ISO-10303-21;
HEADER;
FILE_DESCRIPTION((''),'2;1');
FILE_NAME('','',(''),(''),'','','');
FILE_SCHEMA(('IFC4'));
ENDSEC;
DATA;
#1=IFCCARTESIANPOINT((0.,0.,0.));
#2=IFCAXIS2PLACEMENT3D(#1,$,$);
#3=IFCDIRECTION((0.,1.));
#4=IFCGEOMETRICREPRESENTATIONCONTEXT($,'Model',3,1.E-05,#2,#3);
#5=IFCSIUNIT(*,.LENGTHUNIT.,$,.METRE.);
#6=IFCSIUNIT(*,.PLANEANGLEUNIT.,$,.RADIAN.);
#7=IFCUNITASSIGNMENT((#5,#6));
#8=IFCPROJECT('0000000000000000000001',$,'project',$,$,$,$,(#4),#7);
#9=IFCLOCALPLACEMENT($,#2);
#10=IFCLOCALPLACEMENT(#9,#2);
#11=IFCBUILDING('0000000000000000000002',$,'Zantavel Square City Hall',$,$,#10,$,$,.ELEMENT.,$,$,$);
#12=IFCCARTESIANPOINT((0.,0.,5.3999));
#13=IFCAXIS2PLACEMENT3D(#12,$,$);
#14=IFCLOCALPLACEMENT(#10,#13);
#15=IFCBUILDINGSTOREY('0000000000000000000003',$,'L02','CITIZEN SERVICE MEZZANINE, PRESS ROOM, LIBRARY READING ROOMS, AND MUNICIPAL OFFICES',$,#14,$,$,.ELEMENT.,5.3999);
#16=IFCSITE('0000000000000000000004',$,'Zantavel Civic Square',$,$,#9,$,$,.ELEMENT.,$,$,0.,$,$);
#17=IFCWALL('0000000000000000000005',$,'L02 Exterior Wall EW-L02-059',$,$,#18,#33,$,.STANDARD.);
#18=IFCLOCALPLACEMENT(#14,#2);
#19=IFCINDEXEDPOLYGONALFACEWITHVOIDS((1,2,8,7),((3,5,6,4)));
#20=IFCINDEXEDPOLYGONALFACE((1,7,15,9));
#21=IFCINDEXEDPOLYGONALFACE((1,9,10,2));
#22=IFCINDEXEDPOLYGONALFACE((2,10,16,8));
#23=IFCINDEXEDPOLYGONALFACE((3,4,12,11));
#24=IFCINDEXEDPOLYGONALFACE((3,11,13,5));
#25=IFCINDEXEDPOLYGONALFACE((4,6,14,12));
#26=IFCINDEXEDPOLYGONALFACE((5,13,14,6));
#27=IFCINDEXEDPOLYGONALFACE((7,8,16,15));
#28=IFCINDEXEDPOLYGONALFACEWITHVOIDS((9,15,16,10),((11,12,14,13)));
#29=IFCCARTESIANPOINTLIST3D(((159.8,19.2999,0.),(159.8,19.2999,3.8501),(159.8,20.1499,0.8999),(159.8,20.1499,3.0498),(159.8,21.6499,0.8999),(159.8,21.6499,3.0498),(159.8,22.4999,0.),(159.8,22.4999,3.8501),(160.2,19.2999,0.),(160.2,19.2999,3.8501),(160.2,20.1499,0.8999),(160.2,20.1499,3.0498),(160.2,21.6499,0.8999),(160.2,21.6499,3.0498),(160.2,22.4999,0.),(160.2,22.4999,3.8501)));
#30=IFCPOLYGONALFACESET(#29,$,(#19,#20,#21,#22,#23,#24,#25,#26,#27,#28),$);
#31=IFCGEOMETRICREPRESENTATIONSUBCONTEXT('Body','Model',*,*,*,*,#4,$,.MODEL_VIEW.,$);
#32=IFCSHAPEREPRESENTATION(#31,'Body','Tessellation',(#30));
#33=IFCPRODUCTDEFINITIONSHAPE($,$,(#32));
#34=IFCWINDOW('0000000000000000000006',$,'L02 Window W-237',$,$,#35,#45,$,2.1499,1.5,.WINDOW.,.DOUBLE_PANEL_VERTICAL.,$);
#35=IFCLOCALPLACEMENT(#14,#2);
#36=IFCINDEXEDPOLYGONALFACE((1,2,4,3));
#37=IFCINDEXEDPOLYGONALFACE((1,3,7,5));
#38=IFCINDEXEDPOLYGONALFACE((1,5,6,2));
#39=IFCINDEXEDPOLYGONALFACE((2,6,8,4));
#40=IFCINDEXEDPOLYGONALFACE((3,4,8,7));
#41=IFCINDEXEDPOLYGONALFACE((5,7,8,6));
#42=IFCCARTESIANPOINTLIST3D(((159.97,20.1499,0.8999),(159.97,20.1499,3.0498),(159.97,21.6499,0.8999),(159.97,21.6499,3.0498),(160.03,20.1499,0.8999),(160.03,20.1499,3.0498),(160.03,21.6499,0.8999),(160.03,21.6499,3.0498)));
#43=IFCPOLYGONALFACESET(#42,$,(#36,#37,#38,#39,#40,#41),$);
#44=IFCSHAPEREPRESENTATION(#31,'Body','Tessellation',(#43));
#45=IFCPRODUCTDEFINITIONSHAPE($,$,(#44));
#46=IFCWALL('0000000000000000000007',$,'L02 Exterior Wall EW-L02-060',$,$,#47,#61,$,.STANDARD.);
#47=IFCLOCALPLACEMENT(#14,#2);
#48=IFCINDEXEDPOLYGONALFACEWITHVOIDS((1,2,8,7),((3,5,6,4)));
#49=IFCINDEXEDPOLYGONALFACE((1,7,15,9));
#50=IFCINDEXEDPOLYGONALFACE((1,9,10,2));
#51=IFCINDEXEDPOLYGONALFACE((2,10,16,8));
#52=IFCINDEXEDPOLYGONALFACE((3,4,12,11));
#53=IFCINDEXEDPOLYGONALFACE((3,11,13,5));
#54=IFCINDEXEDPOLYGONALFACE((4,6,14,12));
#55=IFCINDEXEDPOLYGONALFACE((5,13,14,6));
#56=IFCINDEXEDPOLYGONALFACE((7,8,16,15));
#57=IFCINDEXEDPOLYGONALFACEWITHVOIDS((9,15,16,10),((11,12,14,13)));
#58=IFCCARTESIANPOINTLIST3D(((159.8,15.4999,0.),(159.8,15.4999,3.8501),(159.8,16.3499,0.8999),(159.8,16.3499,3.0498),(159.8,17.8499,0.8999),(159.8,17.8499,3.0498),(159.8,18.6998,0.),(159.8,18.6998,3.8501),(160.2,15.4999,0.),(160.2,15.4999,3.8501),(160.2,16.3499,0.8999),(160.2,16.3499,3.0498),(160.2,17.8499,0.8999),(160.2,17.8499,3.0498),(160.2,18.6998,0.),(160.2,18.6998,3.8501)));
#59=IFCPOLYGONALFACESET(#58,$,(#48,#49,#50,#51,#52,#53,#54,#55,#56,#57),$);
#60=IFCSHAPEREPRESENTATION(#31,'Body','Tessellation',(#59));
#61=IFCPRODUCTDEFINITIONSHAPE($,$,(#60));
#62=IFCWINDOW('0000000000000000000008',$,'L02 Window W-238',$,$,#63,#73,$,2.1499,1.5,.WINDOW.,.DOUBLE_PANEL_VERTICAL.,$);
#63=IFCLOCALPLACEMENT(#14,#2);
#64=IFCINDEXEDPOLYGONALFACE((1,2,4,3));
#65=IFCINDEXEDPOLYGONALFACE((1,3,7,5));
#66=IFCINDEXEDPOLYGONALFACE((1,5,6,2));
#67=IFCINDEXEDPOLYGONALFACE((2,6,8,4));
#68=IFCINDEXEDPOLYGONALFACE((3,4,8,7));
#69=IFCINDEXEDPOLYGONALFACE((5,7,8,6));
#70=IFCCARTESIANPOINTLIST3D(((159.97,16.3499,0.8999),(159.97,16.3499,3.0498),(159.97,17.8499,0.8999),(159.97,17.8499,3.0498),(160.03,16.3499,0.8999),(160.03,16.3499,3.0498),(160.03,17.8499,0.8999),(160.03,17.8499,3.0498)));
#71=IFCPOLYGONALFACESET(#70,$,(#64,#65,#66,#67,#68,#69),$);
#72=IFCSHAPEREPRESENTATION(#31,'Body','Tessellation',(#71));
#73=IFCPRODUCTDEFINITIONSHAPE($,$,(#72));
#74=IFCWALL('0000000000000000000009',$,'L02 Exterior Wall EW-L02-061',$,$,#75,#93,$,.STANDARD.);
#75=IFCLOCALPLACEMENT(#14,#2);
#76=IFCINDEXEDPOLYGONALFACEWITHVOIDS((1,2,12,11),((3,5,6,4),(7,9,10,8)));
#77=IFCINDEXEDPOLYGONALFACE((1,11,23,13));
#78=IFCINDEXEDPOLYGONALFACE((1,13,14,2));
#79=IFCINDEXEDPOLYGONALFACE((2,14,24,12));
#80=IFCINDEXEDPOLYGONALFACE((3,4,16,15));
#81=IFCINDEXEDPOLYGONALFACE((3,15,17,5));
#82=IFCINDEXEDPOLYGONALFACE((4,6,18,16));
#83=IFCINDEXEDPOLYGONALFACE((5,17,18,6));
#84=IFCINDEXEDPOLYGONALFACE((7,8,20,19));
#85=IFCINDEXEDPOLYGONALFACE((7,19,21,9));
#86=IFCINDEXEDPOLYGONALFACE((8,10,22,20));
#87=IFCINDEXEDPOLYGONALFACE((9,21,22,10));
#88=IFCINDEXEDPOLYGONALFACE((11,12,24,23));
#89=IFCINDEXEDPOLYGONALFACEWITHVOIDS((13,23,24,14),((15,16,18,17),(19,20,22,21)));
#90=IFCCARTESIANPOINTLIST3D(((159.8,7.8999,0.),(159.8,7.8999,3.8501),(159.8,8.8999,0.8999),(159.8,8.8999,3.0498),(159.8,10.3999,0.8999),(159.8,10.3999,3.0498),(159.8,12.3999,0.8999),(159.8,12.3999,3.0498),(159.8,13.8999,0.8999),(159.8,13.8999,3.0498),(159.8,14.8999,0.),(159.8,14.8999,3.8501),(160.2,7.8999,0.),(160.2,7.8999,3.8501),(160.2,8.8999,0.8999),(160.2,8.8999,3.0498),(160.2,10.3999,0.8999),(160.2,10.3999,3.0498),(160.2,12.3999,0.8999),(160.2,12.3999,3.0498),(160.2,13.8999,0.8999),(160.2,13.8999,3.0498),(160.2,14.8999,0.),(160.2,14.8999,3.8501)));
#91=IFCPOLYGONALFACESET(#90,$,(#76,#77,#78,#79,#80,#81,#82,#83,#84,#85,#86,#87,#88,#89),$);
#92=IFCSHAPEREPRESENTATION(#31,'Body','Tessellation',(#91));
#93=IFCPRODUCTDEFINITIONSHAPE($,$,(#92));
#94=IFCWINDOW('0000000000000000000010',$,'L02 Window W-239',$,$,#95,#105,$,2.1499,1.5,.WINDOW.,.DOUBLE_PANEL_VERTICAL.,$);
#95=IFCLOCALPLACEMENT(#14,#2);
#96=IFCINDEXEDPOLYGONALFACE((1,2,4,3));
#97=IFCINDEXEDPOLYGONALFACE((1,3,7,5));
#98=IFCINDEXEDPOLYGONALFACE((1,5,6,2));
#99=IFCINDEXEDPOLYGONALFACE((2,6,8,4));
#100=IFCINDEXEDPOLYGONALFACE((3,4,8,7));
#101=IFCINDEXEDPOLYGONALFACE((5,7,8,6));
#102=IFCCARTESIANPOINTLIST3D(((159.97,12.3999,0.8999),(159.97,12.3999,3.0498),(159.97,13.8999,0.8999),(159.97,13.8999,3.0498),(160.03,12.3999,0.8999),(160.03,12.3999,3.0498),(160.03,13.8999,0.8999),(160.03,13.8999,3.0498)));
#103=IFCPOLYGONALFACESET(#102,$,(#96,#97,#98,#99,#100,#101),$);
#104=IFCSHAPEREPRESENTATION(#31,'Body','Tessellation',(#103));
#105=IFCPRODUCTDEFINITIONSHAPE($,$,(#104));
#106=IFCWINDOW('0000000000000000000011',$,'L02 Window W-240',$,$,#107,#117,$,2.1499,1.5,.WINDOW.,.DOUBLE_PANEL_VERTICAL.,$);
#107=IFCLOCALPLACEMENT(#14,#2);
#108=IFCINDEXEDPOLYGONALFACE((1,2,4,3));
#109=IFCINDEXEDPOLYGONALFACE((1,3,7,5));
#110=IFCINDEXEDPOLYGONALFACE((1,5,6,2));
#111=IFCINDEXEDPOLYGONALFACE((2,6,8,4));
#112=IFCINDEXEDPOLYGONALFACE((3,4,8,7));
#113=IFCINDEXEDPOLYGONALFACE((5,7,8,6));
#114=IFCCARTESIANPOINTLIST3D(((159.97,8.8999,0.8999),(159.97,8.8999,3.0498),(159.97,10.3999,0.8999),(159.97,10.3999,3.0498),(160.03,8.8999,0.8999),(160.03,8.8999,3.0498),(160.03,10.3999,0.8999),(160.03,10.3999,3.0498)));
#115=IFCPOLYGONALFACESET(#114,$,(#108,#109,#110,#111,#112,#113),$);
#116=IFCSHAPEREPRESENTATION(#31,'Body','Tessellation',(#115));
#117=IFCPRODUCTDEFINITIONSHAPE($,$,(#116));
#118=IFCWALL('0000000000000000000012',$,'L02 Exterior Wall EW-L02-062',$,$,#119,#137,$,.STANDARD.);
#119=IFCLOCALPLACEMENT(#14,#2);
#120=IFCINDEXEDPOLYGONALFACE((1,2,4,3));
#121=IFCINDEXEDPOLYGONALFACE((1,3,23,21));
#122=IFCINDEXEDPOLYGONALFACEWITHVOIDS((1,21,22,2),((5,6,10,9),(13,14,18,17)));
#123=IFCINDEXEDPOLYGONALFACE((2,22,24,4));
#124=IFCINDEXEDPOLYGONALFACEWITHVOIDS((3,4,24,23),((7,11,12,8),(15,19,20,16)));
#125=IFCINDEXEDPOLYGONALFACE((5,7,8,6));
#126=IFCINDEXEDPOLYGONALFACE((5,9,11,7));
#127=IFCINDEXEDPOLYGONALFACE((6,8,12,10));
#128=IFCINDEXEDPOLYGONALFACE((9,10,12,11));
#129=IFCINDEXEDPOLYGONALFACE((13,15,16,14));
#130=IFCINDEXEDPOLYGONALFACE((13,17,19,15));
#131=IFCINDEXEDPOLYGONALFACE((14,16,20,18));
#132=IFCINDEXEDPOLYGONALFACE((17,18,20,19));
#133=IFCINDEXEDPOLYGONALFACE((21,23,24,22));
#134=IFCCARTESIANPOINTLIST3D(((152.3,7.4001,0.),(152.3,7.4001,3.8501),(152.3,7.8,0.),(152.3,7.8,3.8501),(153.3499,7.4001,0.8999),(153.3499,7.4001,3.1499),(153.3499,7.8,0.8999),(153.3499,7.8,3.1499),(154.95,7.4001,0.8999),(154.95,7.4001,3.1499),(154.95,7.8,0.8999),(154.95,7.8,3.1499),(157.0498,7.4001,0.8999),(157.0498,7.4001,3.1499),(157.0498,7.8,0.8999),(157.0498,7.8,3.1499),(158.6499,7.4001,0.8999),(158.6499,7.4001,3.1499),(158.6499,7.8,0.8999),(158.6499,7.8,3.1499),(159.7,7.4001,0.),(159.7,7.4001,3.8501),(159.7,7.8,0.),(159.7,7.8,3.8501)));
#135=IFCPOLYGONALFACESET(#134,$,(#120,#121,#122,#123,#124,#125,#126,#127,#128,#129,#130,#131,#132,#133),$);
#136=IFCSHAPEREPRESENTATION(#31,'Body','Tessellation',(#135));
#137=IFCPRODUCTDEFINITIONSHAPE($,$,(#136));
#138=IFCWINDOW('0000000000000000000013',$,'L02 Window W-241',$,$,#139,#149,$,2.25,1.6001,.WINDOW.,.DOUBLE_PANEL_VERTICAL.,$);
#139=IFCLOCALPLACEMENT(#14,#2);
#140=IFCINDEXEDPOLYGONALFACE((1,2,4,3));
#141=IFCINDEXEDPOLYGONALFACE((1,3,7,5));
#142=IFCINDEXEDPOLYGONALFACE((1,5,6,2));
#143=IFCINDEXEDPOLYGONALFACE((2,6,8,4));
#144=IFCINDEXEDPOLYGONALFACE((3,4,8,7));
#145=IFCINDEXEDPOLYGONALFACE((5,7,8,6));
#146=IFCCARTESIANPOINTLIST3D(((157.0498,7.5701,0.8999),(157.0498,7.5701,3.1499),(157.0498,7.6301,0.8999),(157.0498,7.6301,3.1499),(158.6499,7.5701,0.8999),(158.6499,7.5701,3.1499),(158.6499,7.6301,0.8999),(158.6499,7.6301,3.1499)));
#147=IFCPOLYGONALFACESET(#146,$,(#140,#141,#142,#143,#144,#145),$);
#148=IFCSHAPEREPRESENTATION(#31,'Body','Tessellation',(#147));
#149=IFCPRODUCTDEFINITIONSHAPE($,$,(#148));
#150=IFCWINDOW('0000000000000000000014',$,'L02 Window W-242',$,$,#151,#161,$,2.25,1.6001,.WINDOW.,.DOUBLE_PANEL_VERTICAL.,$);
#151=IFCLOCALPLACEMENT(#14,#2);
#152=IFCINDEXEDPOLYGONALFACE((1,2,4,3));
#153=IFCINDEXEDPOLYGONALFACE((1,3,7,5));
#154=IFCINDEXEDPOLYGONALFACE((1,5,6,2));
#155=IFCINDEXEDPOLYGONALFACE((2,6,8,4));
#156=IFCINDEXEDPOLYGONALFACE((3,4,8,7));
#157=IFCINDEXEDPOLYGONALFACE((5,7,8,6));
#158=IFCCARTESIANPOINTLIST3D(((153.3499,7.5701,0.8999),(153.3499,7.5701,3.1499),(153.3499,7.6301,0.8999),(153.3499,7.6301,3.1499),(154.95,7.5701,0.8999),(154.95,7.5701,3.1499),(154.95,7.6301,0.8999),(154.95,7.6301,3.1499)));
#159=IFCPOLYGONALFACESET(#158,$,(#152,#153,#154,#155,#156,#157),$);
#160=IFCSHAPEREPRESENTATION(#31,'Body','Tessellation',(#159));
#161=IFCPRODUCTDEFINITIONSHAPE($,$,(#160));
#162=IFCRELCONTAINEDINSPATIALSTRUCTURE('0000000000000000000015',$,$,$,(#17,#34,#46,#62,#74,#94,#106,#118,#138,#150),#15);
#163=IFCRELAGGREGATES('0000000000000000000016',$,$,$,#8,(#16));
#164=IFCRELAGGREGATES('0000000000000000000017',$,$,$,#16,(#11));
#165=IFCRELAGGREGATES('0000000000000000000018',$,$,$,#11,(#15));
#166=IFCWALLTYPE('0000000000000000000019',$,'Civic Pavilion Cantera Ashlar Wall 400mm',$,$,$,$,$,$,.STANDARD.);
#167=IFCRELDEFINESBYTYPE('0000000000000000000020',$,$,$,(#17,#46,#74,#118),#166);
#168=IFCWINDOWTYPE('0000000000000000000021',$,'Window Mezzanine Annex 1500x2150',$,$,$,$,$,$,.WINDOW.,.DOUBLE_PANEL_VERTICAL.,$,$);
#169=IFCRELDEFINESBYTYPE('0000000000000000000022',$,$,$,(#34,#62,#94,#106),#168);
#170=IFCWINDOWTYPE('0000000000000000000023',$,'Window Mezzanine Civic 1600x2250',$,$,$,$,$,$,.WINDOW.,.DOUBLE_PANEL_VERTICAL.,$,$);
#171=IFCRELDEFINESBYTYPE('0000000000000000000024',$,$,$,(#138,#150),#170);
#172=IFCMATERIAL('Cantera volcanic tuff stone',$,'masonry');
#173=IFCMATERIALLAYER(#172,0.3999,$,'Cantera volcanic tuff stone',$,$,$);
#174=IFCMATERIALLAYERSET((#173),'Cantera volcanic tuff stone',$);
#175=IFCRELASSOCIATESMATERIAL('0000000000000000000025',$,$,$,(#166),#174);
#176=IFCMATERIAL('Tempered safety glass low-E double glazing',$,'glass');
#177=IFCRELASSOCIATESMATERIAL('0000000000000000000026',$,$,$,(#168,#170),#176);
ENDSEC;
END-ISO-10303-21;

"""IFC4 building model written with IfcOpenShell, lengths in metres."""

from ifc_helpers import new_model, si_unit, direction, frame, frame_2d, origin, place, context, subcontext, project, spatial, rectangle, extrude, material, layer, layer_set, type_object, element, fill, save


model = new_model("IFC4")

# Units and contexts
model_context = context("Model", 3, precision=1e-05, world=origin(), true_north=direction((0.0, 1.0)))
body_context = subcontext(model_context, "Body", "Model", "MODEL_VIEW")
ifc_project = project(units=[si_unit("LENGTHUNIT", "METRE"), si_unit("PLANEANGLEUNIT", "RADIAN")], contexts=[model_context])

# Site, building, storey
site_placement = place(None, origin())
site = spatial("IfcSite", under=ifc_project, at=site_placement, Name="Zantavel Civic Square", CompositionType="ELEMENT", RefElevation=0.0)
building_placement = place(site_placement, origin())
building = spatial("IfcBuilding", under=site, at=building_placement, Name="Zantavel Square City Hall", CompositionType="ELEMENT")
storey_placement = place(building_placement, frame((0.0, 0.0, 5.3999)))
storey = spatial("IfcBuildingStorey", under=building, at=storey_placement, Name="L02", Description="CITIZEN SERVICE MEZZANINE, PRESS ROOM, LIBRARY READING ROOMS, AND MUNICIPAL OFFICES", CompositionType="ELEMENT", Elevation=5.3999)

# Walls, openings, windows
ifc_material_1 = material(Name="Cantera volcanic tuff stone", Category="masonry")
ifc_layer_1 = layer(ifc_material_1, 0.3999, Name="Cantera volcanic tuff stone")
ifc_layer_set_1 = layer_set([ifc_layer_1], Name="Cantera volcanic tuff stone")
wall_type_1 = type_object("IfcWallType", Name="Civic Pavilion Cantera Ashlar Wall 400mm", PredefinedType="STANDARD", material=ifc_layer_set_1)
wall_1_placement = place(storey_placement, frame((160.0, 22.5, 0.0), z_axis=(0.0, 0.0, 1.0), x_axis=(0.0, -1.0, 0.0)))
wall_1 = element("IfcWall", 1, at=wall_1_placement, inside=storey, type_object=wall_type_1, Name="L02 Exterior Wall EW-L02-059", PredefinedType="STANDARD", context=body_context, shape_type="SweptSolid", body=[
    extrude(rectangle(XDim=3.2, YDim=0.3999, at=frame_2d((1.6001, 0.0))), origin(), (0.0, 0.0, 1.0), 3.8501),
])
opening_1_placement = place(wall_1_placement, frame((0.8501, 0.0, 0.8999)))
opening_1 = element("IfcOpeningElement", 2, at=opening_1_placement, cuts=wall_1, PredefinedType="OPENING", context=body_context, shape_type="SweptSolid", body=[
    extrude(rectangle(XDim=1.5, YDim=2.1499, at=frame_2d((0.75, 1.075))), frame((0.0, 0.21, 0.0), z_axis=(0.0, -1.0, 0.0), x_axis=(1.0, 0.0, 0.0)), (0.0, 0.0, 1.0), 0.4199),
])
ifc_material_2 = material(Name="Tempered safety glass low-E double glazing", Category="glass")
window_type_1 = type_object("IfcWindowType", Name="Window Mezzanine Annex 1500x2150", PartitioningType="DOUBLE_PANEL_VERTICAL", PredefinedType="WINDOW", material=ifc_material_2)
window_1_placement = place(opening_1_placement, origin())
window_1 = element("IfcWindow", 3, at=window_1_placement, inside=storey, type_object=window_type_1, Name="L02 Window W-237", OverallHeight=2.1499, OverallWidth=1.5, PartitioningType="DOUBLE_PANEL_VERTICAL", PredefinedType="WINDOW", context=body_context, shape_type="SweptSolid", body=[
    extrude(rectangle(XDim=1.5, YDim=2.1499, at=frame_2d((0.75, 1.075))), frame((0.0, 0.03, 0.0), z_axis=(0.0, -1.0, 0.0), x_axis=(1.0, 0.0, 0.0)), (0.0, 0.0, 1.0), 0.0601),
])
fill(opening_1, window_1)
wall_2_placement = place(storey_placement, frame((160.0, 18.7, 0.0), z_axis=(0.0, 0.0, 1.0), x_axis=(0.0, -1.0, 0.0)))
wall_2 = element("IfcWall", 4, at=wall_2_placement, inside=storey, type_object=wall_type_1, Name="L02 Exterior Wall EW-L02-060", PredefinedType="STANDARD", context=body_context, shape_type="SweptSolid", body=[
    extrude(rectangle(XDim=3.2, YDim=0.3999, at=frame_2d((1.6001, 0.0))), origin(), (0.0, 0.0, 1.0), 3.8501),
])
opening_2_placement = place(wall_2_placement, frame((0.8501, 0.0, 0.8999)))
opening_2 = element("IfcOpeningElement", 5, at=opening_2_placement, cuts=wall_2, PredefinedType="OPENING", context=body_context, shape_type="SweptSolid", body=[
    extrude(rectangle(XDim=1.5, YDim=2.1499, at=frame_2d((0.75, 1.075))), frame((0.0, 0.21, 0.0), z_axis=(0.0, -1.0, 0.0), x_axis=(1.0, 0.0, 0.0)), (0.0, 0.0, 1.0), 0.4199),
])
window_2_placement = place(opening_2_placement, origin())
window_2 = element("IfcWindow", 6, at=window_2_placement, inside=storey, type_object=window_type_1, Name="L02 Window W-238", OverallHeight=2.1499, OverallWidth=1.5, PartitioningType="DOUBLE_PANEL_VERTICAL", PredefinedType="WINDOW", context=body_context, shape_type="SweptSolid", body=[
    extrude(rectangle(XDim=1.5, YDim=2.1499, at=frame_2d((0.75, 1.075))), frame((0.0, 0.03, 0.0), z_axis=(0.0, -1.0, 0.0), x_axis=(1.0, 0.0, 0.0)), (0.0, 0.0, 1.0), 0.0601),
])
fill(opening_2, window_2)

# Walls, openings, windows
wall_3_placement = place(storey_placement, frame((160.0, 14.8999, 0.0), z_axis=(0.0, 0.0, 1.0), x_axis=(0.0, -1.0, 0.0)))
wall_3 = element("IfcWall", 7, at=wall_3_placement, inside=storey, type_object=wall_type_1, Name="L02 Exterior Wall EW-L02-061", PredefinedType="STANDARD", context=body_context, shape_type="SweptSolid", body=[
    extrude(rectangle(XDim=7.0, YDim=0.3999, at=frame_2d((3.5, 0.0))), origin(), (0.0, 0.0, 1.0), 3.8501),
])
opening_3_placement = place(wall_3_placement, frame((1.0, 0.0, 0.8999)))
opening_3 = element("IfcOpeningElement", 8, at=opening_3_placement, cuts=wall_3, PredefinedType="OPENING", context=body_context, shape_type="SweptSolid", body=[
    extrude(rectangle(XDim=1.5, YDim=2.1499, at=frame_2d((0.75, 1.075))), frame((0.0, 0.21, 0.0), z_axis=(0.0, -1.0, 0.0), x_axis=(1.0, 0.0, 0.0)), (0.0, 0.0, 1.0), 0.4199),
])
opening_4_placement = place(wall_3_placement, frame((4.5, 0.0, 0.8999)))
opening_4 = element("IfcOpeningElement", 9, at=opening_4_placement, cuts=wall_3, PredefinedType="OPENING", context=body_context, shape_type="SweptSolid", body=[
    extrude(rectangle(XDim=1.5, YDim=2.1499, at=frame_2d((0.75, 1.075))), frame((0.0, 0.21, 0.0), z_axis=(0.0, -1.0, 0.0), x_axis=(1.0, 0.0, 0.0)), (0.0, 0.0, 1.0), 0.4199),
])
window_3_placement = place(opening_3_placement, origin())
window_3 = element("IfcWindow", 10, at=window_3_placement, inside=storey, type_object=window_type_1, Name="L02 Window W-239", OverallHeight=2.1499, OverallWidth=1.5, PartitioningType="DOUBLE_PANEL_VERTICAL", PredefinedType="WINDOW", context=body_context, shape_type="SweptSolid", body=[
    extrude(rectangle(XDim=1.5, YDim=2.1499, at=frame_2d((0.75, 1.075))), frame((0.0, 0.03, 0.0), z_axis=(0.0, -1.0, 0.0), x_axis=(1.0, 0.0, 0.0)), (0.0, 0.0, 1.0), 0.0601),
])
fill(opening_3, window_3)
window_4_placement = place(opening_4_placement, origin())
window_4 = element("IfcWindow", 11, at=window_4_placement, inside=storey, type_object=window_type_1, Name="L02 Window W-240", OverallHeight=2.1499, OverallWidth=1.5, PartitioningType="DOUBLE_PANEL_VERTICAL", PredefinedType="WINDOW", context=body_context, shape_type="SweptSolid", body=[
    extrude(rectangle(XDim=1.5, YDim=2.1499, at=frame_2d((0.75, 1.075))), frame((0.0, 0.03, 0.0), z_axis=(0.0, -1.0, 0.0), x_axis=(1.0, 0.0, 0.0)), (0.0, 0.0, 1.0), 0.0601),
])
fill(opening_4, window_4)
wall_4_placement = place(storey_placement, frame((159.7, 7.6001, 0.0), z_axis=(0.0, 0.0, 1.0), x_axis=(-1.0, 0.0, 0.0)))
wall_4 = element("IfcWall", 12, at=wall_4_placement, inside=storey, type_object=wall_type_1, Name="L02 Exterior Wall EW-L02-062", PredefinedType="STANDARD", context=body_context, shape_type="SweptSolid", body=[
    extrude(rectangle(XDim=7.3999, YDim=0.3999, at=frame_2d((3.7, 0.0))), origin(), (0.0, 0.0, 1.0), 3.8501),
])
opening_5_placement = place(wall_4_placement, frame((1.05, 0.0, 0.8999)))
opening_5 = element("IfcOpeningElement", 13, at=opening_5_placement, cuts=wall_4, PredefinedType="OPENING", context=body_context, shape_type="SweptSolid", body=[
    extrude(rectangle(XDim=1.6001, YDim=2.25, at=frame_2d((0.8, 1.125))), frame((0.0, 0.21, 0.0), z_axis=(0.0, -1.0, 0.0), x_axis=(1.0, 0.0, 0.0)), (0.0, 0.0, 1.0), 0.4199),
])
opening_6_placement = place(wall_4_placement, frame((4.75, 0.0, 0.8999)))
opening_6 = element("IfcOpeningElement", 14, at=opening_6_placement, cuts=wall_4, PredefinedType="OPENING", context=body_context, shape_type="SweptSolid", body=[
    extrude(rectangle(XDim=1.6001, YDim=2.25, at=frame_2d((0.8, 1.125))), frame((0.0, 0.21, 0.0), z_axis=(0.0, -1.0, 0.0), x_axis=(1.0, 0.0, 0.0)), (0.0, 0.0, 1.0), 0.4199),
])
window_type_2 = type_object("IfcWindowType", Name="Window Mezzanine Civic 1600x2250", PartitioningType="DOUBLE_PANEL_VERTICAL", PredefinedType="WINDOW", material=ifc_material_2)
window_5_placement = place(opening_5_placement, origin())
window_5 = element("IfcWindow", 15, at=window_5_placement, inside=storey, type_object=window_type_2, Name="L02 Window W-241", OverallHeight=2.25, OverallWidth=1.6001, PartitioningType="DOUBLE_PANEL_VERTICAL", PredefinedType="WINDOW", context=body_context, shape_type="SweptSolid", body=[
    extrude(rectangle(XDim=1.6001, YDim=2.25, at=frame_2d((0.8, 1.125))), frame((0.0, 0.03, 0.0), z_axis=(0.0, -1.0, 0.0), x_axis=(1.0, 0.0, 0.0)), (0.0, 0.0, 1.0), 0.0601),
])
fill(opening_5, window_5)
window_6_placement = place(opening_6_placement, origin())
window_6 = element("IfcWindow", 16, at=window_6_placement, inside=storey, type_object=window_type_2, Name="L02 Window W-242", OverallHeight=2.25, OverallWidth=1.6001, PartitioningType="DOUBLE_PANEL_VERTICAL", PredefinedType="WINDOW", context=body_context, shape_type="SweptSolid", body=[
    extrude(rectangle(XDim=1.6001, YDim=2.25, at=frame_2d((0.8, 1.125))), frame((0.0, 0.03, 0.0), z_axis=(0.0, -1.0, 0.0), x_axis=(1.0, 0.0, 0.0)), (0.0, 0.0, 1.0), 0.0601),
])
fill(opening_6, window_6)

save(model, "model.ifc")
